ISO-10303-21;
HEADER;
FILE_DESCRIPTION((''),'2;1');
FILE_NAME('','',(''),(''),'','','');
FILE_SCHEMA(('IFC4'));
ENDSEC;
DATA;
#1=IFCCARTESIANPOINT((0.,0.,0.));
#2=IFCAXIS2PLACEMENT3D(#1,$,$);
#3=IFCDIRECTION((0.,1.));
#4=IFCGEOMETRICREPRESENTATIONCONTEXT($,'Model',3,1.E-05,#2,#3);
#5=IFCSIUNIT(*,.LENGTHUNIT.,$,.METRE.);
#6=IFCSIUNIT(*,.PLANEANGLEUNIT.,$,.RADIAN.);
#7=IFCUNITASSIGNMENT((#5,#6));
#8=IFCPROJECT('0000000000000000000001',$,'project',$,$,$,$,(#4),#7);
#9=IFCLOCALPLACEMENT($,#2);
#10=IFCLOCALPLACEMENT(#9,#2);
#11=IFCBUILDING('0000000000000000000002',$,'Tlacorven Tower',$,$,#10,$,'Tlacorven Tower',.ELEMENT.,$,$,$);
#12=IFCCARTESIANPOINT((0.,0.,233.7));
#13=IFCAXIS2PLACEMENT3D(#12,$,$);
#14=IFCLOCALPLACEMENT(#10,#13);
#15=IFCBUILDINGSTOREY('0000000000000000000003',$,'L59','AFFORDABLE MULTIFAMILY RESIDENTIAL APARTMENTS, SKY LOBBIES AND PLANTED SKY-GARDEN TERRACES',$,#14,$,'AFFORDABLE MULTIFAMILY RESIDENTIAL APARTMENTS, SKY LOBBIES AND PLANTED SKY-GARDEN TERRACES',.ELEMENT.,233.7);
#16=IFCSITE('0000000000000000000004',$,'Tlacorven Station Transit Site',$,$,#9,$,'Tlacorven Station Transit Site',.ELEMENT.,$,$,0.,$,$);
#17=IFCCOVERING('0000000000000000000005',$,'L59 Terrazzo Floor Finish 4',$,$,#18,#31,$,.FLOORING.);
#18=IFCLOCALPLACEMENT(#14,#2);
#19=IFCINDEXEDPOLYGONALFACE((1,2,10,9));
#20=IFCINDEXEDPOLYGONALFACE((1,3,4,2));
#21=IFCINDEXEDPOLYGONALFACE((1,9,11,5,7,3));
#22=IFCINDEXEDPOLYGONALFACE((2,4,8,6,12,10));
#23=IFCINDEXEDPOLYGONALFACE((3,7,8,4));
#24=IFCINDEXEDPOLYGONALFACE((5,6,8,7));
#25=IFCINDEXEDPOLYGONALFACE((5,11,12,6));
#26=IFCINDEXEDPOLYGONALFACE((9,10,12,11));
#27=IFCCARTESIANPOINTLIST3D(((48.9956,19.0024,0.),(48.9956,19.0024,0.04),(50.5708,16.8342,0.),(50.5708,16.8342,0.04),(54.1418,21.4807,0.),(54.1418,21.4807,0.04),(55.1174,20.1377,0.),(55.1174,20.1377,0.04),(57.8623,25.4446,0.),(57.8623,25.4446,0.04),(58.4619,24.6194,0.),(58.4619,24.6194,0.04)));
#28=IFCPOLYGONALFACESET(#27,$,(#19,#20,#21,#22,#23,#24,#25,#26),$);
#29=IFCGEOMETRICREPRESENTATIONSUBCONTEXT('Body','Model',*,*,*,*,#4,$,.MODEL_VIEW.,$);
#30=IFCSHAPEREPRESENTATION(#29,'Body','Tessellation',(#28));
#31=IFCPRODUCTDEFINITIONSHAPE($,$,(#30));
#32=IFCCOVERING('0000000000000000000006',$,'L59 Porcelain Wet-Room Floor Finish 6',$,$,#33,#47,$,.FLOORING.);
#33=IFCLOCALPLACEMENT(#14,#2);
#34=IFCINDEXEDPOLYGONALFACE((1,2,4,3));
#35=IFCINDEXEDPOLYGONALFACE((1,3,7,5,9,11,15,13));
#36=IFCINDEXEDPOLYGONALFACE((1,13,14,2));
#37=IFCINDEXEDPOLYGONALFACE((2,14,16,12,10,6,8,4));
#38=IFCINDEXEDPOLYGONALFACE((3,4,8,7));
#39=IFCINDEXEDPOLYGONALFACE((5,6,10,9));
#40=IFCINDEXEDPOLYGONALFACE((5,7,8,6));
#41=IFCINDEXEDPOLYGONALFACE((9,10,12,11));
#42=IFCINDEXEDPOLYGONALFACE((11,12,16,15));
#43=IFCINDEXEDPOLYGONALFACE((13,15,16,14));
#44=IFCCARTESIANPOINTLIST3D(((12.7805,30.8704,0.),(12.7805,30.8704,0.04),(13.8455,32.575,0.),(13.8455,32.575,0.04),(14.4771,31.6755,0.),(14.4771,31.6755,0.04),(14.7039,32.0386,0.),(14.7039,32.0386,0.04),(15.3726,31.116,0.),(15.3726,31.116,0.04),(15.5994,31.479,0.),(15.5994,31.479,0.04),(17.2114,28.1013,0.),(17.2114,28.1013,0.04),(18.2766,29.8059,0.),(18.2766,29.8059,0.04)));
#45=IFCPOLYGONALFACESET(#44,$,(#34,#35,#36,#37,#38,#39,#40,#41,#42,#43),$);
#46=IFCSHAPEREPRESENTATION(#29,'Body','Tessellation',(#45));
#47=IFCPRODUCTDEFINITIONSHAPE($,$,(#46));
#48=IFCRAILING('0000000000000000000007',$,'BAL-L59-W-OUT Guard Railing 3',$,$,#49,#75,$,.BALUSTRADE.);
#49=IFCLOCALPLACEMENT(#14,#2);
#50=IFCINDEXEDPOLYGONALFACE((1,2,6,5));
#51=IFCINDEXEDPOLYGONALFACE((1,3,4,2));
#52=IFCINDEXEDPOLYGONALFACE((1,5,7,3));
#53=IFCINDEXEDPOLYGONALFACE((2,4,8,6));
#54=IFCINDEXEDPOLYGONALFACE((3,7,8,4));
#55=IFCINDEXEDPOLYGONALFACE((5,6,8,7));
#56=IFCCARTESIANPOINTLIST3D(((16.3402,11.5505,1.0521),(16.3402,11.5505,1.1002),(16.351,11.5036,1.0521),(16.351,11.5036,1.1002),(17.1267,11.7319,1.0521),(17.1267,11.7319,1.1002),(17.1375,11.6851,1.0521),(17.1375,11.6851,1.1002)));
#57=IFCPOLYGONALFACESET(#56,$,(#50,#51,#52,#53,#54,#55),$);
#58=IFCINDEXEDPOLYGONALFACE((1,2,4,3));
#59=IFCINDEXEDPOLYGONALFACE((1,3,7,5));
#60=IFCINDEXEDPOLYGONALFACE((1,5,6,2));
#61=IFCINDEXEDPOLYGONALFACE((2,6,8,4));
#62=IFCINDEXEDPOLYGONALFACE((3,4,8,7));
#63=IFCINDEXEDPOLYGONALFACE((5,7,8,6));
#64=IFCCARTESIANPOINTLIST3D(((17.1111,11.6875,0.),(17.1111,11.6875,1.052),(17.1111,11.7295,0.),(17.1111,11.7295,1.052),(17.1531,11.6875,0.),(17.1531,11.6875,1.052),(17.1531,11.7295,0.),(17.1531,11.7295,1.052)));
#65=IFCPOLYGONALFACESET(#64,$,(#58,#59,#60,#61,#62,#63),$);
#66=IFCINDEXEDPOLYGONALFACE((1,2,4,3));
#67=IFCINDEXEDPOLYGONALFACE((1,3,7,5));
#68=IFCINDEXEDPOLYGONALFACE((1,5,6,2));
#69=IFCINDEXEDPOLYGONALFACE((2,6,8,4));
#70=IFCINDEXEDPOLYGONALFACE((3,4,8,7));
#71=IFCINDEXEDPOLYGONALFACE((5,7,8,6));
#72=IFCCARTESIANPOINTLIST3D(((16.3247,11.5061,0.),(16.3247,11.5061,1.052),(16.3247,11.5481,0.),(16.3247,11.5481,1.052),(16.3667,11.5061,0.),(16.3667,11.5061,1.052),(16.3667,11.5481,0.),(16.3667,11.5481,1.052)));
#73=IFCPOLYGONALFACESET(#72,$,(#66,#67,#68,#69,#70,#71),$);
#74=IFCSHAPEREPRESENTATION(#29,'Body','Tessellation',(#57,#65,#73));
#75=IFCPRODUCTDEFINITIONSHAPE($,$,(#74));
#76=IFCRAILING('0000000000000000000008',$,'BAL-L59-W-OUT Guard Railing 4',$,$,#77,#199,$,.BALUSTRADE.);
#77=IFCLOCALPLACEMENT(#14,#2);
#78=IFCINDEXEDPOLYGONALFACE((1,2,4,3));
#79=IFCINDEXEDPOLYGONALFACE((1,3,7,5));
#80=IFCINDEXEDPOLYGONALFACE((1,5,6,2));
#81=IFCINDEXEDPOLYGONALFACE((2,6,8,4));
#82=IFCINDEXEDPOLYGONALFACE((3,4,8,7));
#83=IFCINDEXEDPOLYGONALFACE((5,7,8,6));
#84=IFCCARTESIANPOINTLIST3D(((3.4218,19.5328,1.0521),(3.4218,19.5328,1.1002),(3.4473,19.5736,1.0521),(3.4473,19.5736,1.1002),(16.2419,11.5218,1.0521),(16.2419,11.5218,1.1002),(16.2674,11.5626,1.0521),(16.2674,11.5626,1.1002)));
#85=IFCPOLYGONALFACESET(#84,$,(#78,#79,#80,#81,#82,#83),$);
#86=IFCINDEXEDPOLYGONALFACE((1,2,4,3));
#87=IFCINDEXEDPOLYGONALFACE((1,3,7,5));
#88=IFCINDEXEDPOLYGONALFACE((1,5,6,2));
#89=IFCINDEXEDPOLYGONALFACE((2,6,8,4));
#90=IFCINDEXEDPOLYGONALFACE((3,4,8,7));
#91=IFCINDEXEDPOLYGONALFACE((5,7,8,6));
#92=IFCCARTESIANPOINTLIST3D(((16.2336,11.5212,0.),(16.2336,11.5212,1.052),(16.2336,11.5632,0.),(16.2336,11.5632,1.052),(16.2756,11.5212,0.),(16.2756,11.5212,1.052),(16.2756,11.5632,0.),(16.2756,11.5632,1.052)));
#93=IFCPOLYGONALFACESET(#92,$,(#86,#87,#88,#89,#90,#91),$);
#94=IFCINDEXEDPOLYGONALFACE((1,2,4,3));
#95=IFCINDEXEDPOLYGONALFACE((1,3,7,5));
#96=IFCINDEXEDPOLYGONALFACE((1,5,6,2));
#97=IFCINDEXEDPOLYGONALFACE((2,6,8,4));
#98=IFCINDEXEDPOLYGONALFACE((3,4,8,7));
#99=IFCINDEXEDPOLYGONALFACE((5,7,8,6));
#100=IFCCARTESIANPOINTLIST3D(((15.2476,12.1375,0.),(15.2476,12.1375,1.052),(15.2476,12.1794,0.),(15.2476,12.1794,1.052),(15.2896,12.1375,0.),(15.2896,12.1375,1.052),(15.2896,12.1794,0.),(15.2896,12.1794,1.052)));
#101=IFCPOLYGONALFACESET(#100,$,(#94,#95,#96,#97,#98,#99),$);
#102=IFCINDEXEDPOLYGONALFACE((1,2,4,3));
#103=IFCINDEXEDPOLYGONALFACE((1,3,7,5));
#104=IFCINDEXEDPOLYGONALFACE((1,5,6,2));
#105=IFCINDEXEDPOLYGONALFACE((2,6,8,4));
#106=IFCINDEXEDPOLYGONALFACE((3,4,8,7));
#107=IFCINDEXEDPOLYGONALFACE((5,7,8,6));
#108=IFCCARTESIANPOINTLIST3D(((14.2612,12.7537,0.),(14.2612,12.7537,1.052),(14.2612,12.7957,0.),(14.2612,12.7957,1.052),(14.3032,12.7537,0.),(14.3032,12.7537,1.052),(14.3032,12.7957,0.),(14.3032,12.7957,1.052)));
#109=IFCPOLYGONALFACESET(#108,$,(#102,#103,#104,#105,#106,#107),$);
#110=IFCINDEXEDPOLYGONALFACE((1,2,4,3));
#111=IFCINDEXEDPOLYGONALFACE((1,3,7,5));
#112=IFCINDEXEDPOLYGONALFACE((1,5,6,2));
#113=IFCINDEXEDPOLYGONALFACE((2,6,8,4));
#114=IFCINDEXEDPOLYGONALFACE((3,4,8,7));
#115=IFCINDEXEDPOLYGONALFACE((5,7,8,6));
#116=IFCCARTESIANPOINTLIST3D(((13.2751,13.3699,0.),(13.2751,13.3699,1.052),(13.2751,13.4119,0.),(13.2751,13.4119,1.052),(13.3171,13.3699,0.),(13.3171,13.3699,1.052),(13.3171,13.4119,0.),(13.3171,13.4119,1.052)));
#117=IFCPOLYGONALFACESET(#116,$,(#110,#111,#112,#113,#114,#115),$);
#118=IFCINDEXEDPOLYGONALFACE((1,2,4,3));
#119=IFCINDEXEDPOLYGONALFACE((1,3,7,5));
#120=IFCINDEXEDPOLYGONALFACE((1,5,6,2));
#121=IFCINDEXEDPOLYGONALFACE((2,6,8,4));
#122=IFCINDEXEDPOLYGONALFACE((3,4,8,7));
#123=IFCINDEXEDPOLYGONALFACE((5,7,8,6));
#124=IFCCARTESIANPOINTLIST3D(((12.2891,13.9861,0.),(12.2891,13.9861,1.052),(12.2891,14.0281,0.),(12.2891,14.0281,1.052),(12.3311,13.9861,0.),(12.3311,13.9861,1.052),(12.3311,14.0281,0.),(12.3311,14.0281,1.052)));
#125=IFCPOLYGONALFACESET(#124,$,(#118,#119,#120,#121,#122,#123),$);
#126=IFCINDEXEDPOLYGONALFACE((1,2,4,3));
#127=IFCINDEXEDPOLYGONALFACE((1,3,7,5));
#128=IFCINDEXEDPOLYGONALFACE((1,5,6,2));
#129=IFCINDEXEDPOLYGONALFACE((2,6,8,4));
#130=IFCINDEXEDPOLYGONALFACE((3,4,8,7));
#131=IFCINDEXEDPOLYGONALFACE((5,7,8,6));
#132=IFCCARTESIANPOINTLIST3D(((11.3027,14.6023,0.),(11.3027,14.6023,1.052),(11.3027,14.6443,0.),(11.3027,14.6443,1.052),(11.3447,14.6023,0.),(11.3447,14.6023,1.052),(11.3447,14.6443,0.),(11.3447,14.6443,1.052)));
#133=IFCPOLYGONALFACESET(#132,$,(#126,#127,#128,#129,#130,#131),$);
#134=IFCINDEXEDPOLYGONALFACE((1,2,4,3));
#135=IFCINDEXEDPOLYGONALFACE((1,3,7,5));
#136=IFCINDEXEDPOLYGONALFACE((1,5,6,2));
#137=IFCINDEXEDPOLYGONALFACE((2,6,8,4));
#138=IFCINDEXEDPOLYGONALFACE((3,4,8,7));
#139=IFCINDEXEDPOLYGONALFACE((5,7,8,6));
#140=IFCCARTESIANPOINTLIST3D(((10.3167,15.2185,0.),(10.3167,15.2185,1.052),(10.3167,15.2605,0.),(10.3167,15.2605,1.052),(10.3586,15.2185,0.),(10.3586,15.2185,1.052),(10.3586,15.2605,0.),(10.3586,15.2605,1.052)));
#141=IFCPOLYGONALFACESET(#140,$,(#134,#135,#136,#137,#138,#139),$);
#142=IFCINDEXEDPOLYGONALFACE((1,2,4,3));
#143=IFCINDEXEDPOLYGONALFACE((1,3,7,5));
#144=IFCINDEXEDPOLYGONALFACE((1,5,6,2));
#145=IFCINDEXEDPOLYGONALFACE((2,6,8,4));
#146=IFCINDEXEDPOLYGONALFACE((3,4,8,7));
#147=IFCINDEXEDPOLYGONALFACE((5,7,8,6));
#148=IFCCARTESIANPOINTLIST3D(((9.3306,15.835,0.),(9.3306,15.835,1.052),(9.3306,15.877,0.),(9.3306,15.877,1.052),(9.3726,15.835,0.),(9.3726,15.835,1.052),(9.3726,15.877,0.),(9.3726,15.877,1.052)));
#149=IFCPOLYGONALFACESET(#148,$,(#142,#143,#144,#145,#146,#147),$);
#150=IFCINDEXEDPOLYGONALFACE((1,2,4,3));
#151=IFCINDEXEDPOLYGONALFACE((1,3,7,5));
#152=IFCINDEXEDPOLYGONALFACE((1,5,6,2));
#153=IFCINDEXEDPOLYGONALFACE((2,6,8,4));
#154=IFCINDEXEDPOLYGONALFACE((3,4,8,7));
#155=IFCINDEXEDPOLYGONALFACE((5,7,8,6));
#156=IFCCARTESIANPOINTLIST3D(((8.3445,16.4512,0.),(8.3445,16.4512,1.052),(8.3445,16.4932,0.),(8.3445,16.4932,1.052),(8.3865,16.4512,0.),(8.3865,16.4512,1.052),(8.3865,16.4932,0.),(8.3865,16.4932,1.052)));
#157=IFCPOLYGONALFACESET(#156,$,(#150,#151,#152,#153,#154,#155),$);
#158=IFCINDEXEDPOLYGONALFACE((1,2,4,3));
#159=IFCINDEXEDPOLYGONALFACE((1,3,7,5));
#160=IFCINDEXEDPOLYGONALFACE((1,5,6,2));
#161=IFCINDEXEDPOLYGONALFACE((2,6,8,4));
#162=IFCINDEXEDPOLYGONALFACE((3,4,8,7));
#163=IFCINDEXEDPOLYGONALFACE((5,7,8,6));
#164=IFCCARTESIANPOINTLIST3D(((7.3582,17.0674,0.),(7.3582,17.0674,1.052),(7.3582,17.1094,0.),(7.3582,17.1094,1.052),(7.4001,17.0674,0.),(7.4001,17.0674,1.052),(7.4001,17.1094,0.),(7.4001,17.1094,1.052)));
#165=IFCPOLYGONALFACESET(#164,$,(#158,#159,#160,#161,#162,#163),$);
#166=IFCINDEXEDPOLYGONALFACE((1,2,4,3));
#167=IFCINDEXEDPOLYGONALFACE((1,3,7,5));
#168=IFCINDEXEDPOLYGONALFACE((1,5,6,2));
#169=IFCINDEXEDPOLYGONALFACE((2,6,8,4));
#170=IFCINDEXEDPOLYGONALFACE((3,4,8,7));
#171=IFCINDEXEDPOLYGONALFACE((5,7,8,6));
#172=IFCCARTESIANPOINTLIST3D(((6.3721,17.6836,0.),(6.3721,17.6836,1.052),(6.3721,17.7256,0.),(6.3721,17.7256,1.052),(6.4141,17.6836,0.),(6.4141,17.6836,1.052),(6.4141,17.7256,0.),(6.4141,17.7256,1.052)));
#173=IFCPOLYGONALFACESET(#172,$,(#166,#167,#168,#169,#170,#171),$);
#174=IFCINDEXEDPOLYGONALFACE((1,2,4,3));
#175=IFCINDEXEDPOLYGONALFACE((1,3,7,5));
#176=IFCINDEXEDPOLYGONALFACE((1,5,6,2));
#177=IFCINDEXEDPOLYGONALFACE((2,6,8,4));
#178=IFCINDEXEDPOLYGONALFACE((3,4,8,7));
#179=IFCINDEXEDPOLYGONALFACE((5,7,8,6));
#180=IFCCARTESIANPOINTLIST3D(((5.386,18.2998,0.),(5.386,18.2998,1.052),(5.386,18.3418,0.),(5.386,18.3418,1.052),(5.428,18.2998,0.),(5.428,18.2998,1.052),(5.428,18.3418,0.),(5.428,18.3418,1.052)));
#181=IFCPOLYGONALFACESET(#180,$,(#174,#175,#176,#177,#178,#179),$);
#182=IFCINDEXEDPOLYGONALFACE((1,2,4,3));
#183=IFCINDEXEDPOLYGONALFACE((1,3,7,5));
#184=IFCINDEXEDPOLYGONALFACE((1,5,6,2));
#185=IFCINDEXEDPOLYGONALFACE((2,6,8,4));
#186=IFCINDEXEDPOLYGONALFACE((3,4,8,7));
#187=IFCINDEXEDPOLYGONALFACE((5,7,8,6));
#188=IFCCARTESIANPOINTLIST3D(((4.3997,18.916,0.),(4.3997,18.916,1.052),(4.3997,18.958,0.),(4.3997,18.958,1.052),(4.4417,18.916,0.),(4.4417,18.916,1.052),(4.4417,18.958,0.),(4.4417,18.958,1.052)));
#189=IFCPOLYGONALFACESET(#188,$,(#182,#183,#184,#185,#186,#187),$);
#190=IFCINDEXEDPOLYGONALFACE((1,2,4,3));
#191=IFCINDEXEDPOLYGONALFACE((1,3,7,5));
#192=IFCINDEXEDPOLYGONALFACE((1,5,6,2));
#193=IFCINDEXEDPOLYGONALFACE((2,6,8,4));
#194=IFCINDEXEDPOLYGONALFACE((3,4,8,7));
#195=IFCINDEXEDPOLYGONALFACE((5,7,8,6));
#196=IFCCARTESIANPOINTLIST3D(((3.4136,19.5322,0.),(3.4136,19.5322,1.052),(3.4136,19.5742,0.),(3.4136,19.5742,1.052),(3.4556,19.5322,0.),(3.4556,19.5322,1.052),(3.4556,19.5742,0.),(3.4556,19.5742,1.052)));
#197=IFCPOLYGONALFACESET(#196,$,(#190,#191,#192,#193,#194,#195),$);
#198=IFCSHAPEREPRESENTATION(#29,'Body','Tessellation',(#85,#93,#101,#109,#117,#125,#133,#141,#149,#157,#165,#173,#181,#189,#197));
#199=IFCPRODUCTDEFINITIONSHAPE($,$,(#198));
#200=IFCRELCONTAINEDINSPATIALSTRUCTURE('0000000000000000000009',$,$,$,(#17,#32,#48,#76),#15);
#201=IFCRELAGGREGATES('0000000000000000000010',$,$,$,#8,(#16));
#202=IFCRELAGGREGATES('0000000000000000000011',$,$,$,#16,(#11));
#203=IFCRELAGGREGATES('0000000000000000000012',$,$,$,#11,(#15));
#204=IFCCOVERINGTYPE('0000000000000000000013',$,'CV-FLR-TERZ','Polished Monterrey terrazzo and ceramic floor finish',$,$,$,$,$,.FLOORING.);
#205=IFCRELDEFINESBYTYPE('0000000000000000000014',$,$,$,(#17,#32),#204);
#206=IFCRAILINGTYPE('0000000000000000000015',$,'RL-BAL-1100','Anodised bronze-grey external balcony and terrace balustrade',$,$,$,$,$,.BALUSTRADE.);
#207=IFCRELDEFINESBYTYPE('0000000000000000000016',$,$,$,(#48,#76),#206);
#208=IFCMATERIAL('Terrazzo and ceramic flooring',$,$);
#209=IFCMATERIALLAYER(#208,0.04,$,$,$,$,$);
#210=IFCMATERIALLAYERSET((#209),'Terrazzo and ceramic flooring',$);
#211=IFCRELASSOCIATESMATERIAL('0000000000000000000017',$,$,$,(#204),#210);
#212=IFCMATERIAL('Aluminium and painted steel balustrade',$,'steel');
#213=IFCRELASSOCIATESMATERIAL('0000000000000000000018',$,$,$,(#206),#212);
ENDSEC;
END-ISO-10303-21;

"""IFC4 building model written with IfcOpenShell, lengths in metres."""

from ifc_helpers import new_model, si_unit, direction, frame, origin, origin_2d, place, context, subcontext, project, spatial, polyline, rectangle, outline, extrude, source, transform, mapped, material, layer, layer_set, type_object, element, save


model = new_model("IFC4")

# Units and contexts
model_context = context("Model", 3, precision=1e-05, world=origin(), true_north=direction((0.0, 1.0)))
body_context = subcontext(model_context, "Body", "Model", "MODEL_VIEW")
ifc_project = project(units=[si_unit("LENGTHUNIT", "METRE"), si_unit("PLANEANGLEUNIT", "RADIAN")], contexts=[model_context])

# Site, building, storey
site_placement = place(None, origin())
site = spatial("IfcSite", under=ifc_project, at=site_placement, Name="Tlacorven Station Transit Site", LongName="Tlacorven Station Transit Site", CompositionType="ELEMENT", RefElevation=0.0)
building_placement = place(site_placement, origin())
building = spatial("IfcBuilding", under=site, at=building_placement, Name="Tlacorven Tower", LongName="Tlacorven Tower", CompositionType="ELEMENT")
storey_placement = place(building_placement, frame((0.0, 0.0, 233.7)))
storey = spatial("IfcBuildingStorey", under=building, at=storey_placement, Name="L59", Description="AFFORDABLE MULTIFAMILY RESIDENTIAL APARTMENTS, SKY LOBBIES AND PLANTED SKY-GARDEN TERRACES", LongName="AFFORDABLE MULTIFAMILY RESIDENTIAL APARTMENTS, SKY LOBBIES AND PLANTED SKY-GARDEN TERRACES", CompositionType="ELEMENT", Elevation=233.7)

# Coverings
ifc_material_1 = material(Name="Terrazzo and ceramic flooring")
ifc_layer_1 = layer(ifc_material_1, 0.04)
ifc_layer_set_1 = layer_set([ifc_layer_1], Name="Terrazzo and ceramic flooring")
covering_type_1 = type_object("IfcCoveringType", Name="CV-FLR-TERZ", Description="Polished Monterrey terrazzo and ceramic floor finish", PredefinedType="FLOORING", material=ifc_layer_set_1)
covering_1_placement = place(storey_placement, origin())
element("IfcCovering", 1, at=covering_1_placement, inside=storey, type_object=covering_type_1, Name="L59 Terrazzo Floor Finish 4", PredefinedType="FLOORING", context=body_context, shape_type="SweptSolid", body=[
    extrude(outline(polyline([(50.5708, 16.8342), (48.9956, 19.0024), (57.8623, 25.4446), (58.4619, 24.6194), (54.1418, 21.4807), (55.1174, 20.1377), (50.5708, 16.8342)])), origin(), (0.0, 0.0, 1.0), 0.04),
])
covering_2_placement = place(storey_placement, origin())
element("IfcCovering", 2, at=covering_2_placement, inside=storey, type_object=covering_type_1, Name="L59 Porcelain Wet-Room Floor Finish 6", PredefinedType="FLOORING", context=body_context, shape_type="SweptSolid", body=[
    extrude(outline(polyline([(17.2114, 28.1013), (12.7805, 30.8704), (13.8455, 32.575), (14.7039, 32.0386), (14.4771, 31.6755), (15.3726, 31.116), (15.5994, 31.479), (18.2766, 29.8059), (17.2114, 28.1013)])), origin(), (0.0, 0.0, 1.0), 0.04),
])

# Railings
ifc_material_2 = material(Name="Aluminium and painted steel balustrade", Category="steel")
railing_type = type_object("IfcRailingType", Name="RL-BAL-1100", Description="Anodised bronze-grey external balcony and terrace balustrade", PredefinedType="BALUSTRADE", material=ifc_material_2)
shared_shape_1 = source(origin(), body_context, "Body", "SweptSolid", [
    extrude(rectangle(XDim=0.0481, YDim=0.0481, at=origin_2d()), frame((0.0, 0.0, 1.0762), z_axis=(-0.974412, -0.224771, 0.0), x_axis=(0.224771, -0.974412, 0.0)), (0.0, 0.0, 1.0), 0.8071),
    extrude(rectangle(XDim=0.042, YDim=0.042, at=origin_2d()), origin(), (0.0, 0.0, 1.0), 1.052),
    extrude(rectangle(XDim=0.042, YDim=0.042, at=origin_2d()), frame((-0.7864, -0.1814, 0.0)), (0.0, 0.0, 1.0), 1.052),
])
railing_1_placement = place(storey_placement, frame((17.1321, 11.7085, 0.0)))
element("IfcRailing", 3, at=railing_1_placement, inside=storey, type_object=railing_type, Name="BAL-L59-W-OUT Guard Railing 3", PredefinedType="BALUSTRADE", context=body_context, shape_type="MappedRepresentation", body=[
    mapped(shared_shape_1, transform((0.0, 0.0, 0.0), scale=1.0)),
])
shared_shape_2 = source(origin(), body_context, "Body", "SweptSolid", [
    extrude(rectangle(XDim=0.0481, YDim=0.0481, at=origin_2d()), frame((0.0, 0.0, 1.0762), z_axis=(-0.848045, 0.529925, 0.0), x_axis=(-0.529925, -0.848045, 0.0)), (0.0, 0.0, 1.0), 15.1172),
    extrude(rectangle(XDim=0.042, YDim=0.042, at=origin_2d()), origin(), (0.0, 0.0, 1.0), 1.052),
    extrude(rectangle(XDim=0.042, YDim=0.042, at=origin_2d()), frame((-0.9861, 0.6162, 0.0)), (0.0, 0.0, 1.0), 1.052),
    extrude(rectangle(XDim=0.042, YDim=0.042, at=origin_2d()), frame((-1.9724, 1.2324, 0.0)), (0.0, 0.0, 1.0), 1.052),
    extrude(rectangle(XDim=0.042, YDim=0.042, at=origin_2d()), frame((-2.9585, 1.8486, 0.0)), (0.0, 0.0, 1.0), 1.052),
    extrude(rectangle(XDim=0.042, YDim=0.042, at=origin_2d()), frame((-3.9446, 2.4648, 0.0)), (0.0, 0.0, 1.0), 1.052),
    extrude(rectangle(XDim=0.042, YDim=0.042, at=origin_2d()), frame((-4.9309, 3.0811, 0.0)), (0.0, 0.0, 1.0), 1.052),
    extrude(rectangle(XDim=0.042, YDim=0.042, at=origin_2d()), frame((-5.917, 3.6973, 0.0)), (0.0, 0.0, 1.0), 1.052),
    extrude(rectangle(XDim=0.042, YDim=0.042, at=origin_2d()), frame((-6.9031, 4.3137, 0.0)), (0.0, 0.0, 1.0), 1.052),
    extrude(rectangle(XDim=0.042, YDim=0.042, at=origin_2d()), frame((-7.8892, 4.9299, 0.0)), (0.0, 0.0, 1.0), 1.052),
    extrude(rectangle(XDim=0.042, YDim=0.042, at=origin_2d()), frame((-8.8755, 5.5461, 0.0)), (0.0, 0.0, 1.0), 1.052),
    extrude(rectangle(XDim=0.042, YDim=0.042, at=origin_2d()), frame((-9.8616, 6.1624, 0.0)), (0.0, 0.0, 1.0), 1.052),
    extrude(rectangle(XDim=0.042, YDim=0.042, at=origin_2d()), frame((-10.8477, 6.7786, 0.0)), (0.0, 0.0, 1.0), 1.052),
    extrude(rectangle(XDim=0.042, YDim=0.042, at=origin_2d()), frame((-11.834, 7.3948, 0.0)), (0.0, 0.0, 1.0), 1.052),
    extrude(rectangle(XDim=0.042, YDim=0.042, at=origin_2d()), frame((-12.8201, 8.011, 0.0)), (0.0, 0.0, 1.0), 1.052),
])
railing_2_placement = place(storey_placement, frame((16.2546, 11.5422, 0.0)))
element("IfcRailing", 4, at=railing_2_placement, inside=storey, type_object=railing_type, Name="BAL-L59-W-OUT Guard Railing 4", PredefinedType="BALUSTRADE", context=body_context, shape_type="MappedRepresentation", body=[
    mapped(shared_shape_2, transform((0.0, 0.0, 0.0), scale=1.0)),
])

save(model, "model.ifc")
